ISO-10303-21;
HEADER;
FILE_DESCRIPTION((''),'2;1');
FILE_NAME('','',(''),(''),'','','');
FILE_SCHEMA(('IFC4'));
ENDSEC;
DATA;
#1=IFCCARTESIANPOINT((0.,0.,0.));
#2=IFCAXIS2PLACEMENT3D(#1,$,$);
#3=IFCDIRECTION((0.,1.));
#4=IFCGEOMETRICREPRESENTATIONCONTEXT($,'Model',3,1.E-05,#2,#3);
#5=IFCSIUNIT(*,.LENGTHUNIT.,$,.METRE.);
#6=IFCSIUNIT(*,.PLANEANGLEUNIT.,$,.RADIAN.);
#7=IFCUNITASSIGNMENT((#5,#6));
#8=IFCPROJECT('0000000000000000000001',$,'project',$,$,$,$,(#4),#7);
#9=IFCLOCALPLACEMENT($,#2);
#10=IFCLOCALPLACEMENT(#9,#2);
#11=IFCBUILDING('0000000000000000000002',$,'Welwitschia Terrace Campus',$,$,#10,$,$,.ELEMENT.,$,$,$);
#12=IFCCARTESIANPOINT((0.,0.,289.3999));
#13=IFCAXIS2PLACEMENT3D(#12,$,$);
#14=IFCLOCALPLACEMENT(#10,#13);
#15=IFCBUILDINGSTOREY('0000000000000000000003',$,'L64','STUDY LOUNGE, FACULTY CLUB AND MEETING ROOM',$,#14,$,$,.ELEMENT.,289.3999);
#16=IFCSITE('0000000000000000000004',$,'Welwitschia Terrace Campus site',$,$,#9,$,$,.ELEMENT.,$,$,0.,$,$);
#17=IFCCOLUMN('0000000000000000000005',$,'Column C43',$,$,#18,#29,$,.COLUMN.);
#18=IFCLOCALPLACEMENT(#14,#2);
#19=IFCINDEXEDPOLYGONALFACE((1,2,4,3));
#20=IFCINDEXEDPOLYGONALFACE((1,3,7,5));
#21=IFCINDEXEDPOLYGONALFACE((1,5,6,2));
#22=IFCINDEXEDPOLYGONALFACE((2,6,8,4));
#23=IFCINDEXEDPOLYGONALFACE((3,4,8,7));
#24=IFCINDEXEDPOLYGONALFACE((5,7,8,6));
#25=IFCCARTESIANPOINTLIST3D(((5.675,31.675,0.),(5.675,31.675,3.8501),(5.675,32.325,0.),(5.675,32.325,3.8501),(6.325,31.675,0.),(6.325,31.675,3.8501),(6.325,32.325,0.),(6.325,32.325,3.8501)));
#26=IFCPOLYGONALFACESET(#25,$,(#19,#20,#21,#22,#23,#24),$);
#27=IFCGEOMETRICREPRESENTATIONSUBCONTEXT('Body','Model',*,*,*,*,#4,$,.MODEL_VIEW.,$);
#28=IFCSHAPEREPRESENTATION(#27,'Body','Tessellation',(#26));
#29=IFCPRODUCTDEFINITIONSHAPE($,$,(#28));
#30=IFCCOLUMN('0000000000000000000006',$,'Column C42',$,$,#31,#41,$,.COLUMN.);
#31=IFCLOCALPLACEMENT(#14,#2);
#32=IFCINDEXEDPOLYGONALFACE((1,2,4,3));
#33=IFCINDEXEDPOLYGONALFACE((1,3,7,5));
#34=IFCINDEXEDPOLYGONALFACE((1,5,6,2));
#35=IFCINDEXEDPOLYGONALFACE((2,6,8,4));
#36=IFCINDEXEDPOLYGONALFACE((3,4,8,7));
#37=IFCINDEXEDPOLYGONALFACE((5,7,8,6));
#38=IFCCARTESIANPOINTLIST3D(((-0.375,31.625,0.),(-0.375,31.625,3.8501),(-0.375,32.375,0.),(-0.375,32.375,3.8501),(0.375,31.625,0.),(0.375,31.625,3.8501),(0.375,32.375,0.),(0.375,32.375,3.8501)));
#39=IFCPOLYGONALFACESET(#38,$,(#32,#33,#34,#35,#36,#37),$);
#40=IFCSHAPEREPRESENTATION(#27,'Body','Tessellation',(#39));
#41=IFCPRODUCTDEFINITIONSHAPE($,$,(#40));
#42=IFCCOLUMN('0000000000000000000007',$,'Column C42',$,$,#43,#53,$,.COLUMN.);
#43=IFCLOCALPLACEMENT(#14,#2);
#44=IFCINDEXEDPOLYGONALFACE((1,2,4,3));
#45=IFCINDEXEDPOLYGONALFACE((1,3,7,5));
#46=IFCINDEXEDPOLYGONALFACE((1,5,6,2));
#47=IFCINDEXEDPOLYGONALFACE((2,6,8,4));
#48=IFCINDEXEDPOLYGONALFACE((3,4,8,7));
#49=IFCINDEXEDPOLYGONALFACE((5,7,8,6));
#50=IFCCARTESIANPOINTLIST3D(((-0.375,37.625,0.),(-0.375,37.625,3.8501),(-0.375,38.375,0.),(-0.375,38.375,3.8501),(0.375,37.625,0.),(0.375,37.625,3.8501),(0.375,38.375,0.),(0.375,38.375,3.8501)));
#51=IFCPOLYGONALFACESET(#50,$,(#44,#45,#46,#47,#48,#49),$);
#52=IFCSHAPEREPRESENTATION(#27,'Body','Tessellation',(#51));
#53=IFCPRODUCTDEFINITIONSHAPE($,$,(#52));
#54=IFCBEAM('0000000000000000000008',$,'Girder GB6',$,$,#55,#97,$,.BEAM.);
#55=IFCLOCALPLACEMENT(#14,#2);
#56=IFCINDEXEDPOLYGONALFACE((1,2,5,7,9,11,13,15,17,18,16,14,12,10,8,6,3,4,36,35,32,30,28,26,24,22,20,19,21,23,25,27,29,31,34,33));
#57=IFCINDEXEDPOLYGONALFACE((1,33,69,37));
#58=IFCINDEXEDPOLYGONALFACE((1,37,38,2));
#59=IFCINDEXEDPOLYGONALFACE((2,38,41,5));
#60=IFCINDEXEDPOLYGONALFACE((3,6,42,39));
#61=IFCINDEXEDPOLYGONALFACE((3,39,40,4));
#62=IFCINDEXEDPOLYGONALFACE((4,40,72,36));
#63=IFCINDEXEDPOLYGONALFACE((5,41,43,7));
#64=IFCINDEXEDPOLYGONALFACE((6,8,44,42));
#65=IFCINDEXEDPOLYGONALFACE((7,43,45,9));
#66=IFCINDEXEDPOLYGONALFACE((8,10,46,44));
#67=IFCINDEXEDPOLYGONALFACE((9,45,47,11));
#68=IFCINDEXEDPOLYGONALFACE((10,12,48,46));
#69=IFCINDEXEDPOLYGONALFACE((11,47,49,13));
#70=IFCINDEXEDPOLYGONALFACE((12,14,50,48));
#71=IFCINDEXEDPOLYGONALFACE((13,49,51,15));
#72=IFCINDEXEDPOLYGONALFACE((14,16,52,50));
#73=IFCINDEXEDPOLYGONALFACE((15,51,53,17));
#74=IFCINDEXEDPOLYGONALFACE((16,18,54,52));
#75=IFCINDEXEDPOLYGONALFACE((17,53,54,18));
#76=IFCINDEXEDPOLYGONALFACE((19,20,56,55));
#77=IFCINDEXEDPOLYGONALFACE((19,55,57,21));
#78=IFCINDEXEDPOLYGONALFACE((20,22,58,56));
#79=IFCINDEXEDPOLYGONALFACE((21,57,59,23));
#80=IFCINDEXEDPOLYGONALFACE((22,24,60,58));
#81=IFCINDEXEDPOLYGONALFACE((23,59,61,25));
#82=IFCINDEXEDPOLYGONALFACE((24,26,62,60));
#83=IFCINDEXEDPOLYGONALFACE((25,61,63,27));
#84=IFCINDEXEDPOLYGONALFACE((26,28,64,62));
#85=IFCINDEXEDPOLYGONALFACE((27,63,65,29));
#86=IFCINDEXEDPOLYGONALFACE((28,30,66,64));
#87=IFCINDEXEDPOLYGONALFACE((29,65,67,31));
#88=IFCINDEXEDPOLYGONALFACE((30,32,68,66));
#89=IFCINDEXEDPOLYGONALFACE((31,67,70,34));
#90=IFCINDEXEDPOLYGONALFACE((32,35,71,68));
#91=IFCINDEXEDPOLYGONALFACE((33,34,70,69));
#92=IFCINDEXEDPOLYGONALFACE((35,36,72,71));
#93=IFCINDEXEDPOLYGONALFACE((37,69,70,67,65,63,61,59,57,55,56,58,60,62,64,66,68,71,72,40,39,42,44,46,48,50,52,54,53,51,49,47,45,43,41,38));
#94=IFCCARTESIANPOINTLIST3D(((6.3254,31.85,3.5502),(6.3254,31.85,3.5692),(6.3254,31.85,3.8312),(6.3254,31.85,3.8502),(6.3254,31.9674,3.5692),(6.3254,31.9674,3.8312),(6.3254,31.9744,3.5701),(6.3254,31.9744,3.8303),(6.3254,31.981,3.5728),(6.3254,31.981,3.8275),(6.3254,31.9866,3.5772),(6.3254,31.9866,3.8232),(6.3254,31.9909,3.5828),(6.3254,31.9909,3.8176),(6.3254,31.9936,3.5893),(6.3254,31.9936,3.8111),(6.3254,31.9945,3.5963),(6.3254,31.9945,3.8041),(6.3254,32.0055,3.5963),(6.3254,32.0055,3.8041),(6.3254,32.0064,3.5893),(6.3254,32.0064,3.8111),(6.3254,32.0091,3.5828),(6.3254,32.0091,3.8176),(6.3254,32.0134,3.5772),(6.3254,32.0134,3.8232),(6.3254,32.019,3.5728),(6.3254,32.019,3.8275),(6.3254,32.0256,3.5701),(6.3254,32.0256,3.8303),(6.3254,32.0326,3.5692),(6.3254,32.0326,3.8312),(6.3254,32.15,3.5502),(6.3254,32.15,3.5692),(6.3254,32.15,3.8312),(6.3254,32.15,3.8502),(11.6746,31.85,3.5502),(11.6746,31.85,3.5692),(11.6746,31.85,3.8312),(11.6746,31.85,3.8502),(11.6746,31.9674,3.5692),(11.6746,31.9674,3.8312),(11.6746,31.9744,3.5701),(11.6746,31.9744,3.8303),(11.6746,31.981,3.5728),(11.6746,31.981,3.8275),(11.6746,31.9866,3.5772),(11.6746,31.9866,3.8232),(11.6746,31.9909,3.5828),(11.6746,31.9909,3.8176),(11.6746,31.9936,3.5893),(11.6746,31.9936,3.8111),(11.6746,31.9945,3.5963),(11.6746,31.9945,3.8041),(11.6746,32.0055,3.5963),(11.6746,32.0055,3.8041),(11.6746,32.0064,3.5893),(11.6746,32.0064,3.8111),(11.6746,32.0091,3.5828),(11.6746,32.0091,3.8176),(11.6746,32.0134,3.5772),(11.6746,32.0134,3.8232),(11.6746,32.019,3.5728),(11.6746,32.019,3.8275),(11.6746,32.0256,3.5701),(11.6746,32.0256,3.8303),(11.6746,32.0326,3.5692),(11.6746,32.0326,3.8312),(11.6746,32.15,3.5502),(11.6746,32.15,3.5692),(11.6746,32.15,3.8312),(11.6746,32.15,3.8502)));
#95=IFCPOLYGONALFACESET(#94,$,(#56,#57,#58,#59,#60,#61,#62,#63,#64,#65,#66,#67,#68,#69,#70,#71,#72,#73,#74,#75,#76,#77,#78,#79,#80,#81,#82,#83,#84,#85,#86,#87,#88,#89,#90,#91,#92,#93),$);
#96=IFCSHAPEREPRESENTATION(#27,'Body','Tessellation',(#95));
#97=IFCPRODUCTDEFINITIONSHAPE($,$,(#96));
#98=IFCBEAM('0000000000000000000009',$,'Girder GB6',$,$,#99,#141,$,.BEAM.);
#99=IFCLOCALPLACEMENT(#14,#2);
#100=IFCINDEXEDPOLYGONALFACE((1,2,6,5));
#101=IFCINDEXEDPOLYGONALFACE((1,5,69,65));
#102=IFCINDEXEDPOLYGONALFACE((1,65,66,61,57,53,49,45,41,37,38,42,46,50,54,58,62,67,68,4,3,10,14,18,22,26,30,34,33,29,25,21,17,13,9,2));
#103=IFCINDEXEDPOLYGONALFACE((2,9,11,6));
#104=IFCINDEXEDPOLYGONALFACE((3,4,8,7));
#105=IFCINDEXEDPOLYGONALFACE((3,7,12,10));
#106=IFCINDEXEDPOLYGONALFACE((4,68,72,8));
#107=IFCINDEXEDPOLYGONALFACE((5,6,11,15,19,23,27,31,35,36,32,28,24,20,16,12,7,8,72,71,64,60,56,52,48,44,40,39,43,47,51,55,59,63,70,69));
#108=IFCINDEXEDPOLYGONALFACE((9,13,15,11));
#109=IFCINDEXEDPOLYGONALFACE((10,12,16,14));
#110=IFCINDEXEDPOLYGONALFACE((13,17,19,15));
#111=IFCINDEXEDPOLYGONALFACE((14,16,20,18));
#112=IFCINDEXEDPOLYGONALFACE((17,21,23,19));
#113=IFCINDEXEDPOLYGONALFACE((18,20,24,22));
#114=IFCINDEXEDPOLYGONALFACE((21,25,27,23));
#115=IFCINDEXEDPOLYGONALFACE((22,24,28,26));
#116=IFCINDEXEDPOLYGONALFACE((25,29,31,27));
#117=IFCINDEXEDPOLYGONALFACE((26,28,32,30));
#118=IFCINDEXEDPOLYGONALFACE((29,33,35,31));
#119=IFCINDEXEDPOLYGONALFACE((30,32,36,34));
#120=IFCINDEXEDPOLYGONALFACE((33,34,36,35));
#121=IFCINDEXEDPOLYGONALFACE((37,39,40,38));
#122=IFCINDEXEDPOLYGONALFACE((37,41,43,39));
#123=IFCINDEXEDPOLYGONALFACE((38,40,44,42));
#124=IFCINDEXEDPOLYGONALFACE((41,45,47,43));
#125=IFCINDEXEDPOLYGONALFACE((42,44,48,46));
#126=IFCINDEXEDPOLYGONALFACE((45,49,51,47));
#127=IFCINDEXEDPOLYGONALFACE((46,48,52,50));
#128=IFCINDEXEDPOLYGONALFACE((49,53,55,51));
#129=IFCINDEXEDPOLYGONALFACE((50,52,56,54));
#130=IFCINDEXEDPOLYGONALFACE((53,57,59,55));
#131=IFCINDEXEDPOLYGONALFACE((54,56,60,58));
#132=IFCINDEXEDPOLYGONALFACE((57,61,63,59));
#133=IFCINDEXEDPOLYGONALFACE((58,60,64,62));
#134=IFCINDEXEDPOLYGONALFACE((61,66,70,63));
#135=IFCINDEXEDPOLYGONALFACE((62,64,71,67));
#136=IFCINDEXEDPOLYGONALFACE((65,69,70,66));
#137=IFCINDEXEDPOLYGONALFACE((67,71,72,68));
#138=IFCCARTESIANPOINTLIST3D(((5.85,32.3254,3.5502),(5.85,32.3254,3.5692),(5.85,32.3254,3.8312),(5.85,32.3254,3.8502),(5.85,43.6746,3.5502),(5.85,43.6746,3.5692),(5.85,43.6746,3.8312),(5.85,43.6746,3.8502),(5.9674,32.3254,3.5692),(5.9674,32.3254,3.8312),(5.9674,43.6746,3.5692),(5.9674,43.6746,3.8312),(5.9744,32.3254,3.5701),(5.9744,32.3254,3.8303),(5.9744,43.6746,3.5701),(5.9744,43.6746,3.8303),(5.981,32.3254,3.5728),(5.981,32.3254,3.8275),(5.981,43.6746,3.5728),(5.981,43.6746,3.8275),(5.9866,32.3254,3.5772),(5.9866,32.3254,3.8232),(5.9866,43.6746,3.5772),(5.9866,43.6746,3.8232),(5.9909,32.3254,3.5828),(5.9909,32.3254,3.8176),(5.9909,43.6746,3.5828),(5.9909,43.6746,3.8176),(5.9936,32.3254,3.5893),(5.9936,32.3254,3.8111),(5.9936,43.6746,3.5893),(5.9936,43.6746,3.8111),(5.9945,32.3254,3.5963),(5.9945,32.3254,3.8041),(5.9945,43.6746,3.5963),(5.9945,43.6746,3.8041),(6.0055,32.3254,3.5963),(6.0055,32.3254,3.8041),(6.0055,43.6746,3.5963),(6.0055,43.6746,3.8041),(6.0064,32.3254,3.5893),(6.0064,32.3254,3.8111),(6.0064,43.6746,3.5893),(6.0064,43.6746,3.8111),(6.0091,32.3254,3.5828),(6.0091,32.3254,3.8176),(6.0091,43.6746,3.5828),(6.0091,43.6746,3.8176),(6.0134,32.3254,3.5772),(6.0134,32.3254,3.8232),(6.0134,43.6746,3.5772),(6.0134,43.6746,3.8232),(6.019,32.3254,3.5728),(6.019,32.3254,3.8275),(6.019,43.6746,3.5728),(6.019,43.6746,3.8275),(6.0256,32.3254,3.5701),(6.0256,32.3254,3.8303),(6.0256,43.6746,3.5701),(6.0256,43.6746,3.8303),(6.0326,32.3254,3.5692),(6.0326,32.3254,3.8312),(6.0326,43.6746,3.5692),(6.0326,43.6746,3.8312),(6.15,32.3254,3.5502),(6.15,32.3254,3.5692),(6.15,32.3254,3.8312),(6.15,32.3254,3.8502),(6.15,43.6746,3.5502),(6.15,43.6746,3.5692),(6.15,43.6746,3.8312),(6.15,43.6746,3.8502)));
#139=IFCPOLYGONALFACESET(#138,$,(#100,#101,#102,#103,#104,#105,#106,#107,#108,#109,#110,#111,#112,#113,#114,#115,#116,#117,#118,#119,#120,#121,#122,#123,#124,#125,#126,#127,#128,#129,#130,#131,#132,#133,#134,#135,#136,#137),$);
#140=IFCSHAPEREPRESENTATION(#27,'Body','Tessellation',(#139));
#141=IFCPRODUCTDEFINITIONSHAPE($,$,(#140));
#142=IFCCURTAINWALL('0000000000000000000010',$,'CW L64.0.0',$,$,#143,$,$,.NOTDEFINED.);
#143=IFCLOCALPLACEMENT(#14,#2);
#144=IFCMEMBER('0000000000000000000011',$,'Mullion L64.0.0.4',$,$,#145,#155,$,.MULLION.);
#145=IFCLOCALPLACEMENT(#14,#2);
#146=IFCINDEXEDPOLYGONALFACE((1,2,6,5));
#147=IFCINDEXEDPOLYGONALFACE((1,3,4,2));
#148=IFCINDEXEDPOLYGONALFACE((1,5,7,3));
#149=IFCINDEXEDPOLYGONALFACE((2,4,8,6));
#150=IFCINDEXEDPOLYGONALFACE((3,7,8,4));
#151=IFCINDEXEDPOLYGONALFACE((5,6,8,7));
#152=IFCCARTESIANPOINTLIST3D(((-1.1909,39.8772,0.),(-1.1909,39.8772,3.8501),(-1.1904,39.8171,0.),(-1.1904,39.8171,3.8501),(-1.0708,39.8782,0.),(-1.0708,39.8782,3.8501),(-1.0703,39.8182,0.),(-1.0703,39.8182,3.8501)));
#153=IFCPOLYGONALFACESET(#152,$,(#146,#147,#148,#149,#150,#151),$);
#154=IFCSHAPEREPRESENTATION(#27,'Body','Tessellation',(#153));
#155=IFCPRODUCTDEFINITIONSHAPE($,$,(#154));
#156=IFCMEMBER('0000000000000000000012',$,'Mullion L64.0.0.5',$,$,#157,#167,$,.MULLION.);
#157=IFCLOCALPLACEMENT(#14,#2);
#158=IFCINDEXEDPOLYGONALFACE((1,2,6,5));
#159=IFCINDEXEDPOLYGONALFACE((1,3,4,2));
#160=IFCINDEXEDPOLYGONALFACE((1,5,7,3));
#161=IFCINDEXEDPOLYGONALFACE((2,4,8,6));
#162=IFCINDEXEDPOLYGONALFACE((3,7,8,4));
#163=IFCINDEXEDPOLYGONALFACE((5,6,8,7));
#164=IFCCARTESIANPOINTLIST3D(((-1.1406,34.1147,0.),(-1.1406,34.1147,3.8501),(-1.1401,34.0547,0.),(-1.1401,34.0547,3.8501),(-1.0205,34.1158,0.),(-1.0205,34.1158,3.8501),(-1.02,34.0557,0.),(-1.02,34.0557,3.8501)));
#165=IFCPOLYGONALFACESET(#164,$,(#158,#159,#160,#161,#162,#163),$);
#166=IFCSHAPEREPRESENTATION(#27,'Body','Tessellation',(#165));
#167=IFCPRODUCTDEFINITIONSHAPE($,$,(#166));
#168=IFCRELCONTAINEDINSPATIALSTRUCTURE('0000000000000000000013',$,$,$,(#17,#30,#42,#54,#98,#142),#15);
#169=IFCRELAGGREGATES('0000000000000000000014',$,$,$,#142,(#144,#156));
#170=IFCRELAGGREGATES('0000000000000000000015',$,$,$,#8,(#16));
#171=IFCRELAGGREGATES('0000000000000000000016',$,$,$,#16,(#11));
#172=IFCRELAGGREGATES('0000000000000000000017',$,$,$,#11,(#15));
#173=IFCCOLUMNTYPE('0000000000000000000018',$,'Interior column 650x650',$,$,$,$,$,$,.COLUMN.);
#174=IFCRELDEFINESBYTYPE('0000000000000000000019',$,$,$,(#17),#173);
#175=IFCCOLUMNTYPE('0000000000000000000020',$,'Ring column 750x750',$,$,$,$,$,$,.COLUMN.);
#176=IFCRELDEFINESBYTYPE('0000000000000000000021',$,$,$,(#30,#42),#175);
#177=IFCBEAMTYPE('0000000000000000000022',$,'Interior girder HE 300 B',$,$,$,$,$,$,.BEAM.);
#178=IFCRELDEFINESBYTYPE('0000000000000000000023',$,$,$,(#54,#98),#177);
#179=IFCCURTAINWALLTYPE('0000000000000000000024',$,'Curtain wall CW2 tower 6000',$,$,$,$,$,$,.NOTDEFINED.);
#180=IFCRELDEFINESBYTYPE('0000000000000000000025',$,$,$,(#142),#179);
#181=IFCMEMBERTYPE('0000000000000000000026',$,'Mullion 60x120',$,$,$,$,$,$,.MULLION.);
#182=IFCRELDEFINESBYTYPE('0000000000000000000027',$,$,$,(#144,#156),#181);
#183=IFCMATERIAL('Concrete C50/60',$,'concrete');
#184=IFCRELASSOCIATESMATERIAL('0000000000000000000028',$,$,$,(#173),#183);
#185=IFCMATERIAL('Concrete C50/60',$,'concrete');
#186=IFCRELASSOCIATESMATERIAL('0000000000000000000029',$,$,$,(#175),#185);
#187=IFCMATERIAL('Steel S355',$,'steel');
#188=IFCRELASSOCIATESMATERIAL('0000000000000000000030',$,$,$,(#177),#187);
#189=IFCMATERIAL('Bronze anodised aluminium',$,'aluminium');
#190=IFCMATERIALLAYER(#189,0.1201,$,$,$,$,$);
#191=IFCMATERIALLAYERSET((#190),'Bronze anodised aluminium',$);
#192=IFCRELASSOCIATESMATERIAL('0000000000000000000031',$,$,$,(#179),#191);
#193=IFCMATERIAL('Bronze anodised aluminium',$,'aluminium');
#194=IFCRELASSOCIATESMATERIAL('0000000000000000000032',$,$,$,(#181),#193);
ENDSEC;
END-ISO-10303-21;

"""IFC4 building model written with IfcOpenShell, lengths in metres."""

from ifc_helpers import new_model, si_unit, direction, frame, origin, origin_2d, place, context, subcontext, project, spatial, rectangle, i_section, extrude, material, layer, layer_set, material_profile, profile_set, type_object, element, aggregate, save


model = new_model("IFC4")

# Units and contexts
model_context = context("Model", 3, precision=1e-05, world=origin(), true_north=direction((0.0, 1.0)))
body_context = subcontext(model_context, "Body", "Model", "MODEL_VIEW")
ifc_project = project(units=[si_unit("LENGTHUNIT", "METRE"), si_unit("PLANEANGLEUNIT", "RADIAN")], contexts=[model_context])

# Site, building, storey
site_placement = place(None, origin())
site = spatial("IfcSite", under=ifc_project, at=site_placement, Name="Welwitschia Terrace Campus site", CompositionType="ELEMENT", RefElevation=0.0)
building_placement = place(site_placement, origin())
building = spatial("IfcBuilding", under=site, at=building_placement, Name="Welwitschia Terrace Campus", CompositionType="ELEMENT")
storey_placement = place(building_placement, frame((0.0, 0.0, 289.3999)))
storey = spatial("IfcBuildingStorey", under=building, at=storey_placement, Name="L64", Description="STUDY LOUNGE, FACULTY CLUB AND MEETING ROOM", CompositionType="ELEMENT", Elevation=289.3999)

# Columns
ifc_material_1 = material(Name="Concrete C50/60", Category="concrete")
ifc_material_profile_1 = material_profile(ifc_material_1, rectangle(XDim=0.6499, YDim=0.6499, at=origin_2d()))
ifc_profile_set_1 = profile_set([ifc_material_profile_1], Name="Concrete C50/60")
column_type_1 = type_object("IfcColumnType", Name="Interior column 650x650", PredefinedType="COLUMN", material=ifc_profile_set_1)
column_placement = place(storey_placement, frame((6.0, 32.0, 0.0), z_axis=(0.0, 0.0, 1.0), x_axis=(1.0, 0.0, 0.0)))
element("IfcColumn", 1, at=column_placement, inside=storey, type_object=column_type_1, Name="Column C43", PredefinedType="COLUMN", context=body_context, shape_type="SweptSolid", body=[
    extrude(rectangle(XDim=0.6499, YDim=0.6499, at=origin_2d()), origin(), (0.0, 0.0, 1.0), 3.8501),
])
ifc_material_2 = material(Name="Concrete C50/60", Category="concrete")
ifc_material_profile_2 = material_profile(ifc_material_2, rectangle(XDim=0.75, YDim=0.75, at=origin_2d()))
ifc_profile_set_2 = profile_set([ifc_material_profile_2], Name="Concrete C50/60")
column_type_2 = type_object("IfcColumnType", Name="Ring column 750x750", PredefinedType="COLUMN", material=ifc_profile_set_2)
for number, where, z_axis, x_axis, name in (
    (2, (0.0, 32.0, 0.0), (0.0, 0.0, 1.0), (1.0, 0.0, 0.0), "Column C42"),
    (3, (0.0, 38.0, 0.0), (0.0, 0.0, 1.0), (1.0, 0.0, 0.0), "Column C42"),
):
    element("IfcColumn", number, at=place(storey_placement, frame(where, z_axis=z_axis, x_axis=x_axis)), inside=storey, type_object=column_type_2, Name=name, PredefinedType="COLUMN", context=body_context, shape_type="SweptSolid", body=[
        extrude(rectangle(XDim=0.75, YDim=0.75, at=origin_2d()), origin(), (0.0, 0.0, 1.0), 3.8501),
    ])

# Beams
ifc_material_3 = material(Name="Steel S355", Category="steel")
ifc_material_profile_3 = material_profile(ifc_material_3, i_section(OverallWidth=0.3, OverallDepth=0.3, WebThickness=0.011, FlangeThickness=0.019, FilletRadius=0.0271, at=origin_2d()))
ifc_profile_set_3 = profile_set([ifc_material_profile_3], Name="Steel S355")
beam_type_1 = type_object("IfcBeamType", Name="Interior girder HE 300 B", PredefinedType="BEAM", material=ifc_profile_set_3)
beam_1_placement = place(storey_placement, frame((6.3254, 32.0, 3.7002), z_axis=(1.0, 0.0, 0.0), x_axis=(0.0, 1.0, 0.0)))
element("IfcBeam", 4, at=beam_1_placement, inside=storey, type_object=beam_type_1, Name="Girder GB6", PredefinedType="BEAM", context=body_context, shape_type="SweptSolid", body=[
    extrude(i_section(OverallWidth=0.3, OverallDepth=0.3, WebThickness=0.011, FlangeThickness=0.019, FilletRadius=0.0271, at=origin_2d()), origin(), (0.0, 0.0, 1.0), 5.3491),
])
beam_2_placement = place(storey_placement, frame((6.0, 32.3254, 3.7002), z_axis=(0.0, 1.0, 0.0), x_axis=(-1.0, 0.0, 0.0)))
element("IfcBeam", 5, at=beam_2_placement, inside=storey, type_object=beam_type_1, Name="Girder GB6", PredefinedType="BEAM", context=body_context, shape_type="SweptSolid", body=[
    extrude(i_section(OverallWidth=0.3, OverallDepth=0.3, WebThickness=0.011, FlangeThickness=0.019, FilletRadius=0.0271, at=origin_2d()), origin(), (0.0, 0.0, 1.0), 11.3491),
])

# Curtain wall, members
ifc_material_4 = material(Name="Bronze anodised aluminium", Category="aluminium")
ifc_layer_1 = layer(ifc_material_4, 0.1201)
ifc_layer_set_1 = layer_set([ifc_layer_1], Name="Bronze anodised aluminium")
curtain_wall_type = type_object("IfcCurtainWallType", Name="Curtain wall CW2 tower 6000", PredefinedType="NOTDEFINED", material=ifc_layer_set_1)
curtain_wall_placement = place(storey_placement, origin())
curtain_wall = element("IfcCurtainWall", 6, at=curtain_wall_placement, inside=storey, type_object=curtain_wall_type, Name="CW L64.0.0", PredefinedType="NOTDEFINED")
ifc_material_5 = material(Name="Bronze anodised aluminium", Category="aluminium")
ifc_material_profile_4 = material_profile(ifc_material_5, rectangle(XDim=0.1201, YDim=0.0601, at=origin_2d()))
ifc_profile_set_4 = profile_set([ifc_material_profile_4], Name="Bronze anodised aluminium")
member_type = type_object("IfcMemberType", Name="Mullion 60x120", PredefinedType="MULLION", material=ifc_profile_set_4)
member_1_placement = place(storey_placement, frame((-1.1306, 39.8477, 0.0), z_axis=(0.0, 0.0, 1.0), x_axis=(0.999962, 0.008727, 0.0)))
member_1 = element("IfcMember", 7, at=member_1_placement, type_object=member_type, Name="Mullion L64.0.0.4", PredefinedType="MULLION", context=body_context, shape_type="SweptSolid", body=[
    extrude(rectangle(XDim=0.1201, YDim=0.0601, at=origin_2d()), origin(), (0.0, 0.0, 1.0), 3.8501),
])
member_2_placement = place(storey_placement, frame((-1.0803, 34.0852, 0.0), z_axis=(0.0, 0.0, 1.0), x_axis=(0.999962, 0.008727, 0.0)))
member_2 = element("IfcMember", 8, at=member_2_placement, type_object=member_type, Name="Mullion L64.0.0.5", PredefinedType="MULLION", context=body_context, shape_type="SweptSolid", body=[
    extrude(rectangle(XDim=0.1201, YDim=0.0601, at=origin_2d()), origin(), (0.0, 0.0, 1.0), 3.8501),
])

aggregate(curtain_wall, [member_1, member_2])

save(model, "model.ifc")
